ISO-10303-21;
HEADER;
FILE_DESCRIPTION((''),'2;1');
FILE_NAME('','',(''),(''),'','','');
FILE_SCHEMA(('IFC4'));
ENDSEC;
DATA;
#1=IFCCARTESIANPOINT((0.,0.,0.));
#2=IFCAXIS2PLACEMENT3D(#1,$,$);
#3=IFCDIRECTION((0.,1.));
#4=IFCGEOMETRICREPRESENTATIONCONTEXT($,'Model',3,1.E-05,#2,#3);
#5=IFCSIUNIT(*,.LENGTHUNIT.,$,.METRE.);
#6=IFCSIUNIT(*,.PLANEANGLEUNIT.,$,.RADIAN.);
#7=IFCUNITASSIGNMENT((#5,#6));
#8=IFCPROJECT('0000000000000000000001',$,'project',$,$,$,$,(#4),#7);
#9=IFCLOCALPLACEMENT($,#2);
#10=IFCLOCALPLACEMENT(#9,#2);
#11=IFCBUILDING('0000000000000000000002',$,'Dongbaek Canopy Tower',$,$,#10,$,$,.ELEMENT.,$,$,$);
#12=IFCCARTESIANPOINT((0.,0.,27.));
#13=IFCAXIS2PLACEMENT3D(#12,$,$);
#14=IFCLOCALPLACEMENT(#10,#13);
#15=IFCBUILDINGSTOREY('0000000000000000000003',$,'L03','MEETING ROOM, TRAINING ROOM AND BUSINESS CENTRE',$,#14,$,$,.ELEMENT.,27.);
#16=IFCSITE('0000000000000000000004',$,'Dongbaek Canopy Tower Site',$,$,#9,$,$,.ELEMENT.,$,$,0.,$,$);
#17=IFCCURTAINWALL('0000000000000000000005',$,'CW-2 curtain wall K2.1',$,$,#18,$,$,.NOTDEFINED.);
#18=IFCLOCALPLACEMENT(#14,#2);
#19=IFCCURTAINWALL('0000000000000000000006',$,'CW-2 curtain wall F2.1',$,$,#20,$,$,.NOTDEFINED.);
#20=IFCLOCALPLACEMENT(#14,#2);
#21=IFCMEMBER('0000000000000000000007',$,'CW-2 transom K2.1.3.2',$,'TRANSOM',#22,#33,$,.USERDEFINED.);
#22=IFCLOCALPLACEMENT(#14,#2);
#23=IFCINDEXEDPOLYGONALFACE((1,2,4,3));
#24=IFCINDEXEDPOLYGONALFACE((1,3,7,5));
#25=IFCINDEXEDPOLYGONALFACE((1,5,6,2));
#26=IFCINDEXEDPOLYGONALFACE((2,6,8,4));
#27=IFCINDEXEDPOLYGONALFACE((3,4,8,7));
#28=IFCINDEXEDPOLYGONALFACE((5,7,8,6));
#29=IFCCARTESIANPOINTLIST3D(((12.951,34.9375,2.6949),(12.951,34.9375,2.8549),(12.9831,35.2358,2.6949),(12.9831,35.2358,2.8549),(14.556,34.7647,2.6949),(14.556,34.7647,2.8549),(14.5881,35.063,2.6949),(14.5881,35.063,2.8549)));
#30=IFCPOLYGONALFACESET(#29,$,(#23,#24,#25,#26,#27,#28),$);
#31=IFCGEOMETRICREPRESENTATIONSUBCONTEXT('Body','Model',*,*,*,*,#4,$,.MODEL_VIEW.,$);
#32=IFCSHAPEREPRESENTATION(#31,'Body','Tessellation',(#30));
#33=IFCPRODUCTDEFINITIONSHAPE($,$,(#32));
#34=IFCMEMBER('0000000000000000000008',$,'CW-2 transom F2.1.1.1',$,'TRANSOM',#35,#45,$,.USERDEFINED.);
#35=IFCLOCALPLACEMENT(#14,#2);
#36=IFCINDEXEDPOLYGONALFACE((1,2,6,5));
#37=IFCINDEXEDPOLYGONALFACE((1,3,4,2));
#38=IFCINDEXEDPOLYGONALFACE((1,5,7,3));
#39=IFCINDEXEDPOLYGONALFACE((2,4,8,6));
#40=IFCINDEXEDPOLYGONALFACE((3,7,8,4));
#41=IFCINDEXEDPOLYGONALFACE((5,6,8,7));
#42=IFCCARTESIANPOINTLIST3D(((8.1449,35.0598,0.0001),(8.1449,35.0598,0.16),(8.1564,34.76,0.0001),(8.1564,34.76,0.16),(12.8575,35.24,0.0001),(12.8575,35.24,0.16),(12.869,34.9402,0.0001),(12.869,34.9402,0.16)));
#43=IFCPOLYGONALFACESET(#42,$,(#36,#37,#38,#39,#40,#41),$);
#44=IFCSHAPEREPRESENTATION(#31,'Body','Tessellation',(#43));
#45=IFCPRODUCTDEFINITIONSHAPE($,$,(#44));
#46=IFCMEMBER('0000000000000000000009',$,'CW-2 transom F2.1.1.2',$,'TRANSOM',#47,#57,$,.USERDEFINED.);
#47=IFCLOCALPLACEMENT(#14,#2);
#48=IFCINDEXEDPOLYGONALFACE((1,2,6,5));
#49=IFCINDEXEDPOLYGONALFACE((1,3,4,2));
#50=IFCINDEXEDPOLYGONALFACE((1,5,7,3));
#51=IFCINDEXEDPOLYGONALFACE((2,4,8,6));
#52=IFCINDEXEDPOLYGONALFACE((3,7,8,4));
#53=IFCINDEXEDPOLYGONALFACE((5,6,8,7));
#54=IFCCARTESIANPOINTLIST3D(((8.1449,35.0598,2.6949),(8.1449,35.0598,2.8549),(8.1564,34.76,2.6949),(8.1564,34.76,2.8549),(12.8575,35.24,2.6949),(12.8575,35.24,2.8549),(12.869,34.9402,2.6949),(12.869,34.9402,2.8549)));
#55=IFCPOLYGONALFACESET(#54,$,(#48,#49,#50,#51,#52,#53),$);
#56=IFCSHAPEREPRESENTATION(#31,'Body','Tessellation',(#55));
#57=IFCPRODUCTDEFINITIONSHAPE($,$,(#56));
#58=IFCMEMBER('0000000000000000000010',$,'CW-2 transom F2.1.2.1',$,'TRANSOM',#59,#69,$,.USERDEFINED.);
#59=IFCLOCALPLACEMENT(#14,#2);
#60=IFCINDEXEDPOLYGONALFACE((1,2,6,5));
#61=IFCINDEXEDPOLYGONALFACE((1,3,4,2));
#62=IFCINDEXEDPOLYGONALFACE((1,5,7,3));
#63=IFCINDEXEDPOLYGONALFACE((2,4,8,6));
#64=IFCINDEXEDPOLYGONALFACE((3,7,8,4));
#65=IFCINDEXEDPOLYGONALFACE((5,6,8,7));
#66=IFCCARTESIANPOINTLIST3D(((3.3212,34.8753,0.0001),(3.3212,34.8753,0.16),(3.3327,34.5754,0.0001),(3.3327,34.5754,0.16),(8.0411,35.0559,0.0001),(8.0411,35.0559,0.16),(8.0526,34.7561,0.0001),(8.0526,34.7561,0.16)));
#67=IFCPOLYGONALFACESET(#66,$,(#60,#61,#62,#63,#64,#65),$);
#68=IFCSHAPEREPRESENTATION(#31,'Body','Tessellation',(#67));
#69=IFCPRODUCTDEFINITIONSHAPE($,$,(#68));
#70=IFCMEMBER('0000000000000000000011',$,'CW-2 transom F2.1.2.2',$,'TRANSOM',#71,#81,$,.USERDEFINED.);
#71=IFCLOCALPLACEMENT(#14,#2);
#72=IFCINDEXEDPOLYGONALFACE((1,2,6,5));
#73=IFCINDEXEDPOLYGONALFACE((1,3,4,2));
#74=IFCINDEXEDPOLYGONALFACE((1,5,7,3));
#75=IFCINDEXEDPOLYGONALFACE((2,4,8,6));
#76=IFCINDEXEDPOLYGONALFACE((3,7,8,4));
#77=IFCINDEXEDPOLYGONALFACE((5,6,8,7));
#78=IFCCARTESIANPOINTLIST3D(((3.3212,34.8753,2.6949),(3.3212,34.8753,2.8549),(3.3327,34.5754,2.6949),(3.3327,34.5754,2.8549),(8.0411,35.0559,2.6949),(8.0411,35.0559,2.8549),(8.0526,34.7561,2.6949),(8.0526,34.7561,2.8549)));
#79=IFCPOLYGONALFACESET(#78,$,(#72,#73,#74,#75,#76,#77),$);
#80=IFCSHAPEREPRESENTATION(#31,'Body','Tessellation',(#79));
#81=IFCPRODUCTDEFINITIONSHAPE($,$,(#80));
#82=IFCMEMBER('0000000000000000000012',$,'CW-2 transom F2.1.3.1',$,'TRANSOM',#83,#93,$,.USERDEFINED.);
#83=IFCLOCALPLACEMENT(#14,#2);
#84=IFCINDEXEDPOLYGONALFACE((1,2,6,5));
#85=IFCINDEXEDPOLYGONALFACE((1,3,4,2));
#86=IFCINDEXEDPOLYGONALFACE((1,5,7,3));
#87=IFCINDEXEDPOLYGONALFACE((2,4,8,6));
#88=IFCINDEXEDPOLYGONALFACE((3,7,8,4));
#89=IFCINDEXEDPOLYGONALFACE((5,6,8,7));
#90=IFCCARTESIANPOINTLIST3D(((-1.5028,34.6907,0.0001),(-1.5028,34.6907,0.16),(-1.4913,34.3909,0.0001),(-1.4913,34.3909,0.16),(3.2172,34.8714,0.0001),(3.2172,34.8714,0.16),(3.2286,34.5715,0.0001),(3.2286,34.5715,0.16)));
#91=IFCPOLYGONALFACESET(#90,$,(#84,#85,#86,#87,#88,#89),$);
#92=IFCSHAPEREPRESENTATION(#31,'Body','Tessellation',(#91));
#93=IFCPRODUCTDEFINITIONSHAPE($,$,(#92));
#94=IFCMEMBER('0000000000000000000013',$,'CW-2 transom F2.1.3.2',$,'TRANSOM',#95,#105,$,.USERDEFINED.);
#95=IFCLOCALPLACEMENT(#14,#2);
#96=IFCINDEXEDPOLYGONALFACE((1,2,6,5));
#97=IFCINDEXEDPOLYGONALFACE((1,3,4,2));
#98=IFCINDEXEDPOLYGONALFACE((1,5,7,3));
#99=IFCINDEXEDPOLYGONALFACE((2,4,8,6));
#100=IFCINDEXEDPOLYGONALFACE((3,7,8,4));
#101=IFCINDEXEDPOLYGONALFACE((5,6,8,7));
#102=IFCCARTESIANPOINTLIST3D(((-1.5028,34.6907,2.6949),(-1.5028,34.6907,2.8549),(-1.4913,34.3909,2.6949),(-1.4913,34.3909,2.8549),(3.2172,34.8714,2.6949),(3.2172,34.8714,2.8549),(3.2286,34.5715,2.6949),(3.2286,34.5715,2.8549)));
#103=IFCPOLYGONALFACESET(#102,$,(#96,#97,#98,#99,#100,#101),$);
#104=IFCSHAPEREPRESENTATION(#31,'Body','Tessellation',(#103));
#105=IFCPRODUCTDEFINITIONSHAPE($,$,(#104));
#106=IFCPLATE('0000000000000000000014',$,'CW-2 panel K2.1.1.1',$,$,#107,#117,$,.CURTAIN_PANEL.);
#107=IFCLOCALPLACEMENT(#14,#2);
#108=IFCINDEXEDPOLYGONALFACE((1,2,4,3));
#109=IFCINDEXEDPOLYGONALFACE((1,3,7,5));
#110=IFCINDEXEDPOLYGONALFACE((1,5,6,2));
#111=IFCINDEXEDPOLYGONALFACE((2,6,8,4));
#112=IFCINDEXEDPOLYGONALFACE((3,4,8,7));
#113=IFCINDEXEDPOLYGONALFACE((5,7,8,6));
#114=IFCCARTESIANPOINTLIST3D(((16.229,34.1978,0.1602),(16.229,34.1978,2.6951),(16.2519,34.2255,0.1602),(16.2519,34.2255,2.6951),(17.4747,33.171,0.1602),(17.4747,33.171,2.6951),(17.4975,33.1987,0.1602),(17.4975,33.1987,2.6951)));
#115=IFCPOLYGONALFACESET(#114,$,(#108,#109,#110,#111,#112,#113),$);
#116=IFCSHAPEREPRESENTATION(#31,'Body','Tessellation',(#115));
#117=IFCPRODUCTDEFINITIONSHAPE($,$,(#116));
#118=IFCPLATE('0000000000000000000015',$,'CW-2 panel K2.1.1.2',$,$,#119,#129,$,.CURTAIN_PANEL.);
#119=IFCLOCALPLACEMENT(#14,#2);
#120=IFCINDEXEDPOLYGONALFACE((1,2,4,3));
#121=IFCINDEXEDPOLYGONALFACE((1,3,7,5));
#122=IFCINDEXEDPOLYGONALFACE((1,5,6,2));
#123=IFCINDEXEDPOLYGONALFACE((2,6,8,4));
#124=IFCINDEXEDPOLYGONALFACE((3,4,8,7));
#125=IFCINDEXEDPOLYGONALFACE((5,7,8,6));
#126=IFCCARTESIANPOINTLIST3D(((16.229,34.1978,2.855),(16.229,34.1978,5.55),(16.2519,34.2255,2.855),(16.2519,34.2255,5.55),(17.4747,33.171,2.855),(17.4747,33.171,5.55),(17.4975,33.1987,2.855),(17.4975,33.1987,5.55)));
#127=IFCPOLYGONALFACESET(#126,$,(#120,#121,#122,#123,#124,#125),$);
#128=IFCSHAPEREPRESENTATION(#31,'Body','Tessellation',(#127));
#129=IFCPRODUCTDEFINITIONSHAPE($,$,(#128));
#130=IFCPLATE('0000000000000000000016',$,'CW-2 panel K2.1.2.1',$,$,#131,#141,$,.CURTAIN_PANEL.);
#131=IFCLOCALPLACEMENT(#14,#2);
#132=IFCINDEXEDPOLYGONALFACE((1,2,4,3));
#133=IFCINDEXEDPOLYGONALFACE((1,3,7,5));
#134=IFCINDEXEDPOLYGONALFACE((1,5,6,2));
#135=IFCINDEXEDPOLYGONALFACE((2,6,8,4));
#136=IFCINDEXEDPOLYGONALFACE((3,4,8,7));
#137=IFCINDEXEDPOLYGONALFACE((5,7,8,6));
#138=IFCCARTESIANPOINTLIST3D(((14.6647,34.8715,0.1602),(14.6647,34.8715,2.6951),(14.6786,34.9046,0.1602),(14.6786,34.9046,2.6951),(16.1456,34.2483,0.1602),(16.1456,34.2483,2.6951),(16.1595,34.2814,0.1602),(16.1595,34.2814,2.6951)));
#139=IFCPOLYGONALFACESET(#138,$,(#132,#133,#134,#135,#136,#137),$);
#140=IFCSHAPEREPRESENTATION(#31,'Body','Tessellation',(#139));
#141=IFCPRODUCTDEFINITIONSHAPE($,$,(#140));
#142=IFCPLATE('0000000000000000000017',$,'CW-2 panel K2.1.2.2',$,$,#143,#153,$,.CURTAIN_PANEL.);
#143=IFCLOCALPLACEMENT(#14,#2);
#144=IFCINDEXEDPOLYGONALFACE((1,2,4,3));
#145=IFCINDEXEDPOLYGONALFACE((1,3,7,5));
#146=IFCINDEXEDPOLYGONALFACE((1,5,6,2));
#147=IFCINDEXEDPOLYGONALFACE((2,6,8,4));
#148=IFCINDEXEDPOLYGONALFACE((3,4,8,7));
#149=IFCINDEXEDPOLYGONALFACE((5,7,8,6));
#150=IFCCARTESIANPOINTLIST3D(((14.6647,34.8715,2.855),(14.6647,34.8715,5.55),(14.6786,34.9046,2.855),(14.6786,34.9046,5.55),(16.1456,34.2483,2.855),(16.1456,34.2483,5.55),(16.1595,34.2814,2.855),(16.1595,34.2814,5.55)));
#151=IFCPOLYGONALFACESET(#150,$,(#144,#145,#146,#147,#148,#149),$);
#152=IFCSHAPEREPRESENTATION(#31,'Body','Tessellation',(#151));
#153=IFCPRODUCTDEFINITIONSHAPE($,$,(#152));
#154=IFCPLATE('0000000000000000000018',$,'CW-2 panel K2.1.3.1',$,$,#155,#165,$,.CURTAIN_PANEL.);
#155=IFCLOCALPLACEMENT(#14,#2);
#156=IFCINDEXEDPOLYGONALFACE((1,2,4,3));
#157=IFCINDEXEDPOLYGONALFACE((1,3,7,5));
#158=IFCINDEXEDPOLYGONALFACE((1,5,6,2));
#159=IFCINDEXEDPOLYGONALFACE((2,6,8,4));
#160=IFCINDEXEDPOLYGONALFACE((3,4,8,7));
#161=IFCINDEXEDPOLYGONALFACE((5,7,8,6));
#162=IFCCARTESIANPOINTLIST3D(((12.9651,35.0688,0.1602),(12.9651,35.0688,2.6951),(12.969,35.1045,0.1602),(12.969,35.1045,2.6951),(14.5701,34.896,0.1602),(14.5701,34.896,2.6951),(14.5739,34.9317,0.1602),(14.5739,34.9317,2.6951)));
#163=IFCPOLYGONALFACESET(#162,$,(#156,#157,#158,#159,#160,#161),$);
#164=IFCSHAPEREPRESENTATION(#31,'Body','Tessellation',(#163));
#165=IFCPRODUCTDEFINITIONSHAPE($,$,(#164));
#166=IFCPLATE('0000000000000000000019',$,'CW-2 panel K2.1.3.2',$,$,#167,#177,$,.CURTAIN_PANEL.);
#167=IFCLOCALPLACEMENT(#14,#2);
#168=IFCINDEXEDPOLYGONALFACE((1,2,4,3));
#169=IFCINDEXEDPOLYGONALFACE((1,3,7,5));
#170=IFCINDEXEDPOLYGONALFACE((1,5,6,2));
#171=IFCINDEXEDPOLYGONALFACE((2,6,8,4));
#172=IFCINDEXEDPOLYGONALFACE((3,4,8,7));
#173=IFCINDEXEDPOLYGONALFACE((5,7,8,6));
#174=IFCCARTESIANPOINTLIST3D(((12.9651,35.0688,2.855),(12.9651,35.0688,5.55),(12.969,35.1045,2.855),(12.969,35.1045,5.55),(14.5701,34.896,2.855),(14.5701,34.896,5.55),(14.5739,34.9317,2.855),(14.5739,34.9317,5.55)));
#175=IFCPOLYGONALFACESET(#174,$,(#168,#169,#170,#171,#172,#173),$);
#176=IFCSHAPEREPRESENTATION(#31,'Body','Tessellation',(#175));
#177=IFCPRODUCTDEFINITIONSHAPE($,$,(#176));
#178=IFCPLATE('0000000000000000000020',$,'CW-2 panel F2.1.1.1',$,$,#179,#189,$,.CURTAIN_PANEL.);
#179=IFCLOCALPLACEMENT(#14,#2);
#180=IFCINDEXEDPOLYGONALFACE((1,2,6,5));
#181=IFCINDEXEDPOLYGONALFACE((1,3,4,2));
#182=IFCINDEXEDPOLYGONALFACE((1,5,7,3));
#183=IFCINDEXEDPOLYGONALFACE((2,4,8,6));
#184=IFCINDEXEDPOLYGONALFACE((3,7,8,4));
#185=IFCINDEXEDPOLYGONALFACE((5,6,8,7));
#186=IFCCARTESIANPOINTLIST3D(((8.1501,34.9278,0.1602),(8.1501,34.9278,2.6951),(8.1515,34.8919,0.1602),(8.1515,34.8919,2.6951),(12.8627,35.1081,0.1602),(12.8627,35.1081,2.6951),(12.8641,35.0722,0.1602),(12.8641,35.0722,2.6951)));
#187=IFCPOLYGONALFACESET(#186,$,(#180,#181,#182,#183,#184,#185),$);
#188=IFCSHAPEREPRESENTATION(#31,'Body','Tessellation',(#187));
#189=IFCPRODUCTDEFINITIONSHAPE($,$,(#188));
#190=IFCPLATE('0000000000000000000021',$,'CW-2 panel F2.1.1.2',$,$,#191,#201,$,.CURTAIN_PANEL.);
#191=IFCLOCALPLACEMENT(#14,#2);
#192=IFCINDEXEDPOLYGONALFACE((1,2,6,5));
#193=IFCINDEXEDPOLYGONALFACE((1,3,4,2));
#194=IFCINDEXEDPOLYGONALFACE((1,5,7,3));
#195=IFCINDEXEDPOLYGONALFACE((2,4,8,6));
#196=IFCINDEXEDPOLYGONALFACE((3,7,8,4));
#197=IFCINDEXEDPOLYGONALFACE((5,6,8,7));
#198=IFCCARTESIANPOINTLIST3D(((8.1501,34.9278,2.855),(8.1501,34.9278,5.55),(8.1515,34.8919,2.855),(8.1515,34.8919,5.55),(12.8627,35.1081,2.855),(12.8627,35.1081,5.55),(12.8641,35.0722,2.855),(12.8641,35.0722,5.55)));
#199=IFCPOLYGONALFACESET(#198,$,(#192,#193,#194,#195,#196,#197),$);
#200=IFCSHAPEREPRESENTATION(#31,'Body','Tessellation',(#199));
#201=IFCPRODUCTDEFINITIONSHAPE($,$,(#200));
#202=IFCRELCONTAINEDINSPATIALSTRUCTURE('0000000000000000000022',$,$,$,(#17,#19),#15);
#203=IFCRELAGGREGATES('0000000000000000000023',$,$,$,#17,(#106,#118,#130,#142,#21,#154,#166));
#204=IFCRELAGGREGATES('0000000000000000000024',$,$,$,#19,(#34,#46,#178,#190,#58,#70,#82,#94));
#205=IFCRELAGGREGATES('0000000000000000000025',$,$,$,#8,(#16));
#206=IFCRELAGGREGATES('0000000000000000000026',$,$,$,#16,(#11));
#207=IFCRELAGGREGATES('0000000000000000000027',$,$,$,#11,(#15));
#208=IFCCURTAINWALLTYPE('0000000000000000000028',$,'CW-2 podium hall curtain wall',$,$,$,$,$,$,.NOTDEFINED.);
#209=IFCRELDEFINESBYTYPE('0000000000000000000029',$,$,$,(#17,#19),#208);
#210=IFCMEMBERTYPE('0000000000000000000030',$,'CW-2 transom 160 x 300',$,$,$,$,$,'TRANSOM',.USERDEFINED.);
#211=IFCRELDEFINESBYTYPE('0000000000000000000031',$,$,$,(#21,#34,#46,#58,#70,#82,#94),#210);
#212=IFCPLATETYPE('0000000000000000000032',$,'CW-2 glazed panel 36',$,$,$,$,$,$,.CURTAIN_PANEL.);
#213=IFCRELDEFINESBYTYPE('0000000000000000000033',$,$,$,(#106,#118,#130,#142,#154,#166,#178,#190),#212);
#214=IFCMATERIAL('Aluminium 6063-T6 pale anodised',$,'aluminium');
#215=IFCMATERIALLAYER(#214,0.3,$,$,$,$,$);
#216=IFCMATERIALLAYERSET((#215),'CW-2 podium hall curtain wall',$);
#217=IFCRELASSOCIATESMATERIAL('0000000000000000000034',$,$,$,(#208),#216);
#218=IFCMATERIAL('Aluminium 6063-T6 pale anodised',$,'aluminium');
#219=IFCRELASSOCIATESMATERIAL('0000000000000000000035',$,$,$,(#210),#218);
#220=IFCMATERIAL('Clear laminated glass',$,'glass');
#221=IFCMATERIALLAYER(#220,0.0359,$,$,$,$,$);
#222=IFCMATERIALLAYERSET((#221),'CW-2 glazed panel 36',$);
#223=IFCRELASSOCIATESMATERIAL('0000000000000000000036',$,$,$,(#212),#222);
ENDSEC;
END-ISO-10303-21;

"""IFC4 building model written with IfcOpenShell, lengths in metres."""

from ifc_helpers import new_model, si_unit, direction, frame, origin, origin_2d, place, context, subcontext, project, spatial, rectangle, extrude, material, layer, layer_set, material_profile, profile_set, type_object, element, aggregate, save


model = new_model("IFC4")

# Units and contexts
model_context = context("Model", 3, precision=1e-05, world=origin(), true_north=direction((0.0, 1.0)))
body_context = subcontext(model_context, "Body", "Model", "MODEL_VIEW")
ifc_project = project(units=[si_unit("LENGTHUNIT", "METRE"), si_unit("PLANEANGLEUNIT", "RADIAN")], contexts=[model_context])

# Site, building, storey
site_placement = place(None, origin())
site = spatial("IfcSite", under=ifc_project, at=site_placement, Name="Dongbaek Canopy Tower Site", CompositionType="ELEMENT", RefElevation=0.0)
building_placement = place(site_placement, origin())
building = spatial("IfcBuilding", under=site, at=building_placement, Name="Dongbaek Canopy Tower", CompositionType="ELEMENT")
storey_placement = place(building_placement, frame((0.0, 0.0, 27.0)))
storey = spatial("IfcBuildingStorey", under=building, at=storey_placement, Name="L03", Description="MEETING ROOM, TRAINING ROOM AND BUSINESS CENTRE", CompositionType="ELEMENT", Elevation=27.0)

# Shared definitions
ifc_material_1 = material(Name="Aluminium 6063-T6 pale anodised", Category="aluminium")
ifc_layer_1 = layer(ifc_material_1, 0.3)
ifc_layer_set_1 = layer_set([ifc_layer_1], Name="CW-2 podium hall curtain wall")
curtain_wall_type = type_object("IfcCurtainWallType", Name="CW-2 podium hall curtain wall", PredefinedType="NOTDEFINED", material=ifc_layer_set_1)

# Curtain walls
curtain_wall_1_placement = place(storey_placement, origin())
curtain_wall_1 = element("IfcCurtainWall", 1, at=curtain_wall_1_placement, inside=storey, type_object=curtain_wall_type, Name="CW-2 curtain wall K2.1", PredefinedType="NOTDEFINED")
curtain_wall_2_placement = place(storey_placement, origin())
curtain_wall_2 = element("IfcCurtainWall", 2, at=curtain_wall_2_placement, inside=storey, type_object=curtain_wall_type, Name="CW-2 curtain wall F2.1", PredefinedType="NOTDEFINED")

# Members
ifc_material_2 = material(Name="Aluminium 6063-T6 pale anodised", Category="aluminium")
ifc_material_profile_1 = material_profile(ifc_material_2, rectangle(XDim=0.3, YDim=0.1599, at=origin_2d()), Name="CW-2 transom 160 x 300")
ifc_profile_set_1 = profile_set([ifc_material_profile_1], Name="Aluminium 6063-T6 pale anodised")
member_type_1 = type_object("IfcMemberType", Name="CW-2 transom 160 x 300", ElementType="TRANSOM", PredefinedType="USERDEFINED", material=ifc_profile_set_1)
member_1_placement = place(storey_placement, frame((14.572, 34.9138, 2.7749), z_axis=(-0.994251, 0.107078, 0.0), x_axis=(-0.107078, -0.994251, 0.0)))
member_1 = element("IfcMember", 3, at=member_1_placement, type_object=member_type_1, Name="CW-2 transom K2.1.3.2", ObjectType="TRANSOM", PredefinedType="USERDEFINED", context=body_context, shape_type="SweptSolid", body=[
    extrude(rectangle(XDim=0.3, YDim=0.1599, at=origin_2d()), origin(), (0.0, 0.0, 1.0), 1.6143),
])
member_2_placement = place(storey_placement, frame((12.8633, 35.0901, 0.0801), z_axis=(-0.99927, -0.038204, 0.0), x_axis=(0.038204, -0.99927, 0.0)))
member_2 = element("IfcMember", 4, at=member_2_placement, type_object=member_type_1, Name="CW-2 transom F2.1.1.1", ObjectType="TRANSOM", PredefinedType="USERDEFINED", context=body_context, shape_type="SweptSolid", body=[
    extrude(rectangle(XDim=0.3, YDim=0.1599, at=origin_2d()), origin(), (0.0, 0.0, 1.0), 4.7161),
])
member_3_placement = place(storey_placement, frame((12.8633, 35.0901, 2.7749), z_axis=(-0.99927, -0.038204, 0.0), x_axis=(0.038204, -0.99927, 0.0)))
member_3 = element("IfcMember", 5, at=member_3_placement, type_object=member_type_1, Name="CW-2 transom F2.1.1.2", ObjectType="TRANSOM", PredefinedType="USERDEFINED", context=body_context, shape_type="SweptSolid", body=[
    extrude(rectangle(XDim=0.3, YDim=0.1599, at=origin_2d()), origin(), (0.0, 0.0, 1.0), 4.7161),
])
member_4_placement = place(storey_placement, frame((8.0469, 34.906, 0.0801), z_axis=(-0.999268, -0.038249, 0.0), x_axis=(0.038249, -0.999268, 0.0)))
member_4 = element("IfcMember", 6, at=member_4_placement, type_object=member_type_1, Name="CW-2 transom F2.1.2.1", ObjectType="TRANSOM", PredefinedType="USERDEFINED", context=body_context, shape_type="SweptSolid", body=[
    extrude(rectangle(XDim=0.3, YDim=0.1599, at=origin_2d()), origin(), (0.0, 0.0, 1.0), 4.7234),
])
member_5_placement = place(storey_placement, frame((8.0469, 34.906, 2.7749), z_axis=(-0.999268, -0.038249, 0.0), x_axis=(0.038249, -0.999268, 0.0)))
member_5 = element("IfcMember", 7, at=member_5_placement, type_object=member_type_1, Name="CW-2 transom F2.1.2.2", ObjectType="TRANSOM", PredefinedType="USERDEFINED", context=body_context, shape_type="SweptSolid", body=[
    extrude(rectangle(XDim=0.3, YDim=0.1599, at=origin_2d()), origin(), (0.0, 0.0, 1.0), 4.7234),
])
member_6_placement = place(storey_placement, frame((3.2229, 34.7214, 0.0801), z_axis=(-0.999268, -0.038249, 0.0), x_axis=(0.038249, -0.999268, 0.0)))
member_6 = element("IfcMember", 8, at=member_6_placement, type_object=member_type_1, Name="CW-2 transom F2.1.3.1", ObjectType="TRANSOM", PredefinedType="USERDEFINED", context=body_context, shape_type="SweptSolid", body=[
    extrude(rectangle(XDim=0.3, YDim=0.1599, at=origin_2d()), origin(), (0.0, 0.0, 1.0), 4.7234),
])
member_7_placement = place(storey_placement, frame((3.2229, 34.7214, 2.7749), z_axis=(-0.999268, -0.038249, 0.0), x_axis=(0.038249, -0.999268, 0.0)))
member_7 = element("IfcMember", 9, at=member_7_placement, type_object=member_type_1, Name="CW-2 transom F2.1.3.2", ObjectType="TRANSOM", PredefinedType="USERDEFINED", context=body_context, shape_type="SweptSolid", body=[
    extrude(rectangle(XDim=0.3, YDim=0.1599, at=origin_2d()), origin(), (0.0, 0.0, 1.0), 4.7234),
])

# Plates
ifc_material_3 = material(Name="Clear laminated glass", Category="glass")
ifc_layer_2 = layer(ifc_material_3, 0.0359)
ifc_layer_set_2 = layer_set([ifc_layer_2], Name="CW-2 glazed panel 36")
plate_type = type_object("IfcPlateType", Name="CW-2 glazed panel 36", PredefinedType="CURTAIN_PANEL", material=ifc_layer_set_2)
plate_1_placement = place(storey_placement, frame((16.8633, 33.6982, 0.1602), z_axis=(0.0, 0.0, 1.0), x_axis=(-0.771649, 0.636049, 0.0)))
plate_1 = element("IfcPlate", 10, at=plate_1_placement, type_object=plate_type, Name="CW-2 panel K2.1.1.1", PredefinedType="CURTAIN_PANEL", context=body_context, shape_type="SweptSolid", body=[
    extrude(rectangle(XDim=1.6143, YDim=0.0359, at=origin_2d()), origin(), (0.0, 0.0, 1.0), 2.5349),
])
plate_2_placement = place(storey_placement, frame((16.8633, 33.6982, 2.855), z_axis=(0.0, 0.0, 1.0), x_axis=(-0.771649, 0.636049, 0.0)))
plate_2 = element("IfcPlate", 11, at=plate_2_placement, type_object=plate_type, Name="CW-2 panel K2.1.1.2", PredefinedType="CURTAIN_PANEL", context=body_context, shape_type="SweptSolid", body=[
    extrude(rectangle(XDim=1.6143, YDim=0.0359, at=origin_2d()), origin(), (0.0, 0.0, 1.0), 2.6951),
])
plate_3_placement = place(storey_placement, frame((15.4121, 34.5764, 0.1602), z_axis=(0.0, 0.0, 1.0), x_axis=(-0.921712, 0.387874, 0.0)))
plate_3 = element("IfcPlate", 12, at=plate_3_placement, type_object=plate_type, Name="CW-2 panel K2.1.2.1", PredefinedType="CURTAIN_PANEL", context=body_context, shape_type="SweptSolid", body=[
    extrude(rectangle(XDim=1.6067, YDim=0.0359, at=origin_2d()), origin(), (0.0, 0.0, 1.0), 2.5349),
])
plate_4_placement = place(storey_placement, frame((15.4121, 34.5764, 2.855), z_axis=(0.0, 0.0, 1.0), x_axis=(-0.921712, 0.387874, 0.0)))
plate_4 = element("IfcPlate", 13, at=plate_4_placement, type_object=plate_type, Name="CW-2 panel K2.1.2.2", PredefinedType="CURTAIN_PANEL", context=body_context, shape_type="SweptSolid", body=[
    extrude(rectangle(XDim=1.6067, YDim=0.0359, at=origin_2d()), origin(), (0.0, 0.0, 1.0), 2.6951),
])
plate_5_placement = place(storey_placement, frame((13.7695, 35.0002, 0.1602), z_axis=(0.0, 0.0, 1.0), x_axis=(-0.994251, 0.107075, 0.0)))
plate_5 = element("IfcPlate", 14, at=plate_5_placement, type_object=plate_type, Name="CW-2 panel K2.1.3.1", PredefinedType="CURTAIN_PANEL", context=body_context, shape_type="SweptSolid", body=[
    extrude(rectangle(XDim=1.6143, YDim=0.0359, at=origin_2d()), origin(), (0.0, 0.0, 1.0), 2.5349),
])
plate_6_placement = place(storey_placement, frame((13.7695, 35.0002, 2.855), z_axis=(0.0, 0.0, 1.0), x_axis=(-0.994251, 0.107075, 0.0)))
plate_6 = element("IfcPlate", 15, at=plate_6_placement, type_object=plate_type, Name="CW-2 panel K2.1.3.2", PredefinedType="CURTAIN_PANEL", context=body_context, shape_type="SweptSolid", body=[
    extrude(rectangle(XDim=1.6143, YDim=0.0359, at=origin_2d()), origin(), (0.0, 0.0, 1.0), 2.6951),
])
aggregate(curtain_wall_1, [plate_1, plate_2, plate_3, plate_4, member_1, plate_5, plate_6])
plate_7_placement = place(storey_placement, frame((10.5071, 35.0, 0.1602), z_axis=(0.0, 0.0, 1.0), x_axis=(-0.999269, -0.038232, 0.0)))
plate_7 = element("IfcPlate", 16, at=plate_7_placement, type_object=plate_type, Name="CW-2 panel F2.1.1.1", PredefinedType="CURTAIN_PANEL", context=body_context, shape_type="SweptSolid", body=[
    extrude(rectangle(XDim=4.7161, YDim=0.0359, at=origin_2d()), origin(), (0.0, 0.0, 1.0), 2.5349),
])
plate_8_placement = place(storey_placement, frame((10.5071, 35.0, 2.855), z_axis=(0.0, 0.0, 1.0), x_axis=(-0.999269, -0.038232, 0.0)))
plate_8 = element("IfcPlate", 17, at=plate_8_placement, type_object=plate_type, Name="CW-2 panel F2.1.1.2", PredefinedType="CURTAIN_PANEL", context=body_context, shape_type="SweptSolid", body=[
    extrude(rectangle(XDim=4.7161, YDim=0.0359, at=origin_2d()), origin(), (0.0, 0.0, 1.0), 2.6951),
])
aggregate(curtain_wall_2, [member_2, member_3, plate_7, plate_8, member_4, member_5, member_6, member_7])

save(model, "model.ifc")
